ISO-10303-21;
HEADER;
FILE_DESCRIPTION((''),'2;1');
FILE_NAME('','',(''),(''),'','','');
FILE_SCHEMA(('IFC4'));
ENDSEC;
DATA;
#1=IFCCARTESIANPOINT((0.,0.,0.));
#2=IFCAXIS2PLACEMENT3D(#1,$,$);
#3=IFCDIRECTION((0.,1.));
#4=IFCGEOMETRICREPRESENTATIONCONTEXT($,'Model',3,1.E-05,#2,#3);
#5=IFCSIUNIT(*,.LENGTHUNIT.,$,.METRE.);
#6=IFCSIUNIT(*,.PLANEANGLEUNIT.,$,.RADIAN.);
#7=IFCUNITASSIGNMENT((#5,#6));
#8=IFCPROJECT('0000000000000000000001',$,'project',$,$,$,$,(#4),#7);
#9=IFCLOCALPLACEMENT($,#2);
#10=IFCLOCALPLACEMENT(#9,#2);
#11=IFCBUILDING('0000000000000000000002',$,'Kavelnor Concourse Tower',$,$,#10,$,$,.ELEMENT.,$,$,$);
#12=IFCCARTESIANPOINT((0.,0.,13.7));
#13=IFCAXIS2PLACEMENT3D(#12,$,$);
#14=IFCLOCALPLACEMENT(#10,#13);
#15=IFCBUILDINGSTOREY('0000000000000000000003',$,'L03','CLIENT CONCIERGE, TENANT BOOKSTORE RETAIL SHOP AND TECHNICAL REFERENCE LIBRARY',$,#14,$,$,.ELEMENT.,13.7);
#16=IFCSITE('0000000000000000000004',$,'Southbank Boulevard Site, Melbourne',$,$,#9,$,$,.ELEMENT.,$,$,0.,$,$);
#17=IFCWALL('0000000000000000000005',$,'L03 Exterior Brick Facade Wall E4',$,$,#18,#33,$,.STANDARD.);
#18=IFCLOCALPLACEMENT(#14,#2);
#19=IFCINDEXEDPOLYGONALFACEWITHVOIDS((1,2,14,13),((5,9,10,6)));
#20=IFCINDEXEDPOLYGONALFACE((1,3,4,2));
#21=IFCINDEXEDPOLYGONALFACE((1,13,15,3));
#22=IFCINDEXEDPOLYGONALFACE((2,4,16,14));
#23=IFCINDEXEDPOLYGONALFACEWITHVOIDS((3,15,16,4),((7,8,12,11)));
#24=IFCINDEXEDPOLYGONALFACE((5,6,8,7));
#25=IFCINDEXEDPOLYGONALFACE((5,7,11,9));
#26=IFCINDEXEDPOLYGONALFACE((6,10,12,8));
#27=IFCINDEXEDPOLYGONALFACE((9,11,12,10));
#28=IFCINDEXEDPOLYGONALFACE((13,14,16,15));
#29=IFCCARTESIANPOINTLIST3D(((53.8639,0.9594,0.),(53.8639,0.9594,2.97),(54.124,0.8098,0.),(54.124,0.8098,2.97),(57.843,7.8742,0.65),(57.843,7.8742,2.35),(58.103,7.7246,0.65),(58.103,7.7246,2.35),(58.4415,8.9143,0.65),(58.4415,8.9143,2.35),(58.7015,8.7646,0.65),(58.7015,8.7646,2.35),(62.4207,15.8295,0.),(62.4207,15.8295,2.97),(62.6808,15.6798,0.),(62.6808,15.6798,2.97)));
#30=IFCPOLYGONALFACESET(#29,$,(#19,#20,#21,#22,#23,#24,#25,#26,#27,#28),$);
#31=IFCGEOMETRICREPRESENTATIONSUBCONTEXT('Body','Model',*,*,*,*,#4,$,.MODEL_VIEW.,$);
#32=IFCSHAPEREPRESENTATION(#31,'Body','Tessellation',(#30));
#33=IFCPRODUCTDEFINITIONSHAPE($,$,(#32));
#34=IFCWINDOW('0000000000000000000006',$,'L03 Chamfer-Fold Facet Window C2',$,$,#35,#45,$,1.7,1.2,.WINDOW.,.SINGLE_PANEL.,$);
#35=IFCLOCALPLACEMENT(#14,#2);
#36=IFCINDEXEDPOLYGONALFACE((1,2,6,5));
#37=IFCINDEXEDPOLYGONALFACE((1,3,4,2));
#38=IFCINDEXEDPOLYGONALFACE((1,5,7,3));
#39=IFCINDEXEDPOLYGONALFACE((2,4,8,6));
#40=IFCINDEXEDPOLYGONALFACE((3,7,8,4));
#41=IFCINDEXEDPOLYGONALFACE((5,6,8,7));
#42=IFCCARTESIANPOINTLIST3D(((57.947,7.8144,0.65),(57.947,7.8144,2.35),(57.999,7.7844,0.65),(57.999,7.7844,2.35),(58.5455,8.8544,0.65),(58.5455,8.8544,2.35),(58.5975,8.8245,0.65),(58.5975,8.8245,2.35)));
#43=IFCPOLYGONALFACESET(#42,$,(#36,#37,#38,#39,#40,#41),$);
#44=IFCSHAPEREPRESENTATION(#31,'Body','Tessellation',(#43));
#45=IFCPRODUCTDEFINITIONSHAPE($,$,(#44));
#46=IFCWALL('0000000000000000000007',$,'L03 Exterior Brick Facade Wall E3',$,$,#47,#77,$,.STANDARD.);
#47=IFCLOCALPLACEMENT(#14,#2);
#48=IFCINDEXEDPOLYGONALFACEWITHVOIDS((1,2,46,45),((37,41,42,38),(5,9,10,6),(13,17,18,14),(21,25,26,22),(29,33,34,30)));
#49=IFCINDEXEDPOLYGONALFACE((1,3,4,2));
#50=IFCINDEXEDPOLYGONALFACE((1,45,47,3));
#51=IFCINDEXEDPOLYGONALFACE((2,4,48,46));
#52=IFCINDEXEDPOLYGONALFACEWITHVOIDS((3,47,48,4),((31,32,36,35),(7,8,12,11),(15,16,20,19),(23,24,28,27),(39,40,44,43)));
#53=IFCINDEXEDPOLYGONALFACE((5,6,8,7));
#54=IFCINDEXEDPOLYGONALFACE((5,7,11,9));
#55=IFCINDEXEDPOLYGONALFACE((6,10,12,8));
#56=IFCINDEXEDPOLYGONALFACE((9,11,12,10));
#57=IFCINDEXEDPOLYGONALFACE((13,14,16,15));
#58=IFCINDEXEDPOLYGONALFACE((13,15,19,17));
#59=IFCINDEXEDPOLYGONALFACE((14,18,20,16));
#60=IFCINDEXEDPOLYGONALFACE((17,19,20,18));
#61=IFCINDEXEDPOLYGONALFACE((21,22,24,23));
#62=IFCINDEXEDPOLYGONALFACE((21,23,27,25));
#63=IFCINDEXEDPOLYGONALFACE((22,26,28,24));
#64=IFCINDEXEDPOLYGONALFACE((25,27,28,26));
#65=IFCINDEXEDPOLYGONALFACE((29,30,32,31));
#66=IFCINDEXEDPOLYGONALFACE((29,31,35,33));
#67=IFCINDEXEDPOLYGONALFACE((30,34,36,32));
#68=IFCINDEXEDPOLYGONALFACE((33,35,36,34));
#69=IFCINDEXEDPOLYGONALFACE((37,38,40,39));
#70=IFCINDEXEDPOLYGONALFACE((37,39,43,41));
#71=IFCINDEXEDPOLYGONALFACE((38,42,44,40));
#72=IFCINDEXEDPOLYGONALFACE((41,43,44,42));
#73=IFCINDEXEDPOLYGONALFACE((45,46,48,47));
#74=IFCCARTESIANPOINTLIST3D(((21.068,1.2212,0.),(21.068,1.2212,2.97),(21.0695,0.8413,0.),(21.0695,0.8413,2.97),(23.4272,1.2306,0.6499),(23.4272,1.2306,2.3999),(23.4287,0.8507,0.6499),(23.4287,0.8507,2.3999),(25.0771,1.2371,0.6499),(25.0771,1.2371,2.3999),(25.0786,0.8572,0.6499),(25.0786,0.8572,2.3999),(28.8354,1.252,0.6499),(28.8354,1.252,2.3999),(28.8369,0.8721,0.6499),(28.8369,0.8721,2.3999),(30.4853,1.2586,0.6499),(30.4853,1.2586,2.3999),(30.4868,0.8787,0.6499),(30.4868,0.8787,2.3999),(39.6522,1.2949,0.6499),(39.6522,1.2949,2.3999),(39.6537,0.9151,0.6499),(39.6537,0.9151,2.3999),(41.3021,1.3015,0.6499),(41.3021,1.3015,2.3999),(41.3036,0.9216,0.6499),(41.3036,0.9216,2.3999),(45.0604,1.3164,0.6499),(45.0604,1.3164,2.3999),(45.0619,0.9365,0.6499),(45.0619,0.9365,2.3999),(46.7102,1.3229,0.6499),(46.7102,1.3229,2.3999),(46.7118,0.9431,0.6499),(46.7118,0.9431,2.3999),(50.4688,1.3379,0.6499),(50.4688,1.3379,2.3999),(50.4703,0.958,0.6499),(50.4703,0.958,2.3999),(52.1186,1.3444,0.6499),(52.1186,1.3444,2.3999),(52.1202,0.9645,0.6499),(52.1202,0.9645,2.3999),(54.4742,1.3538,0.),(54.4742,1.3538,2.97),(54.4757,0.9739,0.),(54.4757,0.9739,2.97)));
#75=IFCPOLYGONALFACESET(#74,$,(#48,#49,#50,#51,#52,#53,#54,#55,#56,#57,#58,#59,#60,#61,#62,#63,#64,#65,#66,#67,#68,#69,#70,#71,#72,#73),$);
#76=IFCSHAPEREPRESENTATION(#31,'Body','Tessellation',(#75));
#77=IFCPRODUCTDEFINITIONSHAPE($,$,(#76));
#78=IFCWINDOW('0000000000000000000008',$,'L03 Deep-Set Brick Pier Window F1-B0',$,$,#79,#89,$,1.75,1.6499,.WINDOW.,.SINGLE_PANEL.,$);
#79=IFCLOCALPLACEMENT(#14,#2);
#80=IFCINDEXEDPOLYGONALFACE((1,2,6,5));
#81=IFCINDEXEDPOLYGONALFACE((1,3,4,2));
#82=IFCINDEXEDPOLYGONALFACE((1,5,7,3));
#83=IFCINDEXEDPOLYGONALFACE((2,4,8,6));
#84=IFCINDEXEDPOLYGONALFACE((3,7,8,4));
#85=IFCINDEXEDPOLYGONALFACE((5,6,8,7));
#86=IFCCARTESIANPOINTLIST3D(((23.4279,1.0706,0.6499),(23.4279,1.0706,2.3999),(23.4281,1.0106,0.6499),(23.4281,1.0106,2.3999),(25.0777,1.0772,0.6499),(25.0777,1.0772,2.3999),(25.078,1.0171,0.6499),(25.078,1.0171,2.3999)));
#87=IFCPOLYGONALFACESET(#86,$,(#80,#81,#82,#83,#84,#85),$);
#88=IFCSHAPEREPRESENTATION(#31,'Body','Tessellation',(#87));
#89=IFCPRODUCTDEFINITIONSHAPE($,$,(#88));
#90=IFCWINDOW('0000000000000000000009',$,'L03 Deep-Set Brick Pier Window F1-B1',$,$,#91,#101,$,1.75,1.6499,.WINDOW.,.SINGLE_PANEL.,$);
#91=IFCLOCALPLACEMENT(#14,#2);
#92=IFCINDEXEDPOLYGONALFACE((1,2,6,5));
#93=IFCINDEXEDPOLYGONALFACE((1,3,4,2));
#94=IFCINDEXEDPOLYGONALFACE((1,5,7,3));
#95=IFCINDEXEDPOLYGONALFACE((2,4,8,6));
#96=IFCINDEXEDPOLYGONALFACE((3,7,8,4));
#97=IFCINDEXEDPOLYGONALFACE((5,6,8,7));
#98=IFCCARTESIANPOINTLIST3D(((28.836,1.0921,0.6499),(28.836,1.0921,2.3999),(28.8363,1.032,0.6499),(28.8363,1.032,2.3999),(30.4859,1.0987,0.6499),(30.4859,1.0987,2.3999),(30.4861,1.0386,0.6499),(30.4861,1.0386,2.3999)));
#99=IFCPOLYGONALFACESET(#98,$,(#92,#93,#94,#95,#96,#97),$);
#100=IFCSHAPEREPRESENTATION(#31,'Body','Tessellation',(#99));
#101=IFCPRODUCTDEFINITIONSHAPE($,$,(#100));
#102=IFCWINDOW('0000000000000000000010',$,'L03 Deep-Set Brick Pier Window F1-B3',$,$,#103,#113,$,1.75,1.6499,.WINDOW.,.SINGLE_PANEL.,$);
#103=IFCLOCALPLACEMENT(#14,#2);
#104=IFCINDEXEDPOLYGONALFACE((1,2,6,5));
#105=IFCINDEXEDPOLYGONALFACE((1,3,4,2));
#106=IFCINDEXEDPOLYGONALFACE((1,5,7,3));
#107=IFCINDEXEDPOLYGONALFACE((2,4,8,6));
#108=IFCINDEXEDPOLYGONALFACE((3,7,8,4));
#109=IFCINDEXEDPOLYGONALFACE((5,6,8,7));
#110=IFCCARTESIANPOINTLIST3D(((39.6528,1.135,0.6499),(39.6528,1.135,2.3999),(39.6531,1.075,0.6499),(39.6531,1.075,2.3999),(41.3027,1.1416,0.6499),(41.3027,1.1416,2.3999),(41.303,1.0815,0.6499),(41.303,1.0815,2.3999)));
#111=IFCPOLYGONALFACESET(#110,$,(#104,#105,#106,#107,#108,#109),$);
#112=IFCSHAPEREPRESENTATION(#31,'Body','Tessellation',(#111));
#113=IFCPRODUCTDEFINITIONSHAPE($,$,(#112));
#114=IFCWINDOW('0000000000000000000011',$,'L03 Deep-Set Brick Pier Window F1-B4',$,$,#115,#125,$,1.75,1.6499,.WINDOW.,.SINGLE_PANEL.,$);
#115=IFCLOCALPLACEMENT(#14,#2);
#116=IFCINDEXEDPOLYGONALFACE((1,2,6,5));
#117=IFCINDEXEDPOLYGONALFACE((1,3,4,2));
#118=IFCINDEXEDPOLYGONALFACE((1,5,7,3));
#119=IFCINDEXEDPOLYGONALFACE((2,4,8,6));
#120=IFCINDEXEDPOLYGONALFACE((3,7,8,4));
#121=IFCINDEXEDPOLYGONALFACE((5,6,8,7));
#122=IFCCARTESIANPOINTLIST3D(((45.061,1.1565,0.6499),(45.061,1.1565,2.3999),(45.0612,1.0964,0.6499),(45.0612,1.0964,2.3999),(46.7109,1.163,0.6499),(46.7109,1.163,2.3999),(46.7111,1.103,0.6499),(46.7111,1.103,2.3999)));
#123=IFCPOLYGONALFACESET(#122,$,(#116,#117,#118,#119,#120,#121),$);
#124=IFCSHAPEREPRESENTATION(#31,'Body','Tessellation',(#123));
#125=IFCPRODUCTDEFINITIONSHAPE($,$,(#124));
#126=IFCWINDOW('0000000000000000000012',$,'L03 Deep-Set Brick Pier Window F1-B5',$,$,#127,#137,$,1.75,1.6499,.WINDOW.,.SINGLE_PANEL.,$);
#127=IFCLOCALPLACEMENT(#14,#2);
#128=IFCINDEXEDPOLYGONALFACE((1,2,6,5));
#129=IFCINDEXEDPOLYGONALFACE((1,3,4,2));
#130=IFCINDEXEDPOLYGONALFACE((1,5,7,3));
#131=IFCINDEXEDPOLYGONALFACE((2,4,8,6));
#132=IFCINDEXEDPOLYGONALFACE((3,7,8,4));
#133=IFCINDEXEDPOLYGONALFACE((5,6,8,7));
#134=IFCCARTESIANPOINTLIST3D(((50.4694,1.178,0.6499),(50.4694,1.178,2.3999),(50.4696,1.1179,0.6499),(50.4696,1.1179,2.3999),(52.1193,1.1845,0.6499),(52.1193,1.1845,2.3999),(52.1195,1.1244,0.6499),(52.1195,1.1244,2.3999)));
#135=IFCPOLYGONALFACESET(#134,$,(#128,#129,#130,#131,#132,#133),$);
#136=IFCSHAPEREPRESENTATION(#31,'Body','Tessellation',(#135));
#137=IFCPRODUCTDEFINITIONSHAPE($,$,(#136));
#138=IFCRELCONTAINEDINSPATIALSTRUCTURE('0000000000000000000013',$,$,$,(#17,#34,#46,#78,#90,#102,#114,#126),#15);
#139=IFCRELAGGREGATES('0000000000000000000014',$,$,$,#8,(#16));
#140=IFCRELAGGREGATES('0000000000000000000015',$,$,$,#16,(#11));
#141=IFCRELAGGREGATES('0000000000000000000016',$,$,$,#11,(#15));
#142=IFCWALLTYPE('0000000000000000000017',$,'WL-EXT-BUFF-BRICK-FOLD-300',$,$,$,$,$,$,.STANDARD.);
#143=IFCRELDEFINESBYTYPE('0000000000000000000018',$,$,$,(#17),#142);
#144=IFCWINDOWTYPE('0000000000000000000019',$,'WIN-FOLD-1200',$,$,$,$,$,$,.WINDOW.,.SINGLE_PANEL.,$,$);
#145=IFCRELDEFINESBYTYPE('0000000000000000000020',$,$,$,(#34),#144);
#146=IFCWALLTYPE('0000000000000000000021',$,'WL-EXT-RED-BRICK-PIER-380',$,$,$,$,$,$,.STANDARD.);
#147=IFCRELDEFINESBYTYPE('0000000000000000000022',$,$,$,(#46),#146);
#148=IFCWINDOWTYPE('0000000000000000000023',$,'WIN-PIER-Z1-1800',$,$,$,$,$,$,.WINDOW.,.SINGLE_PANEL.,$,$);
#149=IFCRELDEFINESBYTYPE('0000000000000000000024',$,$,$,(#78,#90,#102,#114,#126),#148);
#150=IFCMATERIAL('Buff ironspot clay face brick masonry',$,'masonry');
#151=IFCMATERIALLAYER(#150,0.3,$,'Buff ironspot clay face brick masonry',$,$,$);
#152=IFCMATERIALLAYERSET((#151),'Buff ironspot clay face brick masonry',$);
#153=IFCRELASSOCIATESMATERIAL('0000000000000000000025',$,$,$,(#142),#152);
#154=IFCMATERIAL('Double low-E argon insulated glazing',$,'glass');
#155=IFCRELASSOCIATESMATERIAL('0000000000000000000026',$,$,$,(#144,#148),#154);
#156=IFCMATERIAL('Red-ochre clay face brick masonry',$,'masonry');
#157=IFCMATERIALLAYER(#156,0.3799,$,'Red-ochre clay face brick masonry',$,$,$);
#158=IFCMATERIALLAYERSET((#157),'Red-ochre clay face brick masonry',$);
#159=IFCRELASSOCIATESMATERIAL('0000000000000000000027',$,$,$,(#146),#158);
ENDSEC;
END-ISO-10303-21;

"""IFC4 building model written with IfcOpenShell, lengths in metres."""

from ifc_helpers import new_model, si_unit, direction, frame, frame_2d, origin, place, context, subcontext, project, spatial, rectangle, extrude, material, layer, layer_set, type_object, element, fill, save


model = new_model("IFC4")

# Units and contexts
model_context = context("Model", 3, precision=1e-05, world=origin(), true_north=direction((0.0, 1.0)))
body_context = subcontext(model_context, "Body", "Model", "MODEL_VIEW")
ifc_project = project(units=[si_unit("LENGTHUNIT", "METRE"), si_unit("PLANEANGLEUNIT", "RADIAN")], contexts=[model_context])

# Site, building, storey
site_placement = place(None, origin())
site = spatial("IfcSite", under=ifc_project, at=site_placement, Name="Southbank Boulevard Site, Melbourne", CompositionType="ELEMENT", RefElevation=0.0)
building_placement = place(site_placement, origin())
building = spatial("IfcBuilding", under=site, at=building_placement, Name="Kavelnor Concourse Tower", CompositionType="ELEMENT")
storey_placement = place(building_placement, frame((0.0, 0.0, 13.7)))
storey = spatial("IfcBuildingStorey", under=building, at=storey_placement, Name="L03", Description="CLIENT CONCIERGE, TENANT BOOKSTORE RETAIL SHOP AND TECHNICAL REFERENCE LIBRARY", CompositionType="ELEMENT", Elevation=13.7)

# Wall, opening, window
ifc_material_1 = material(Name="Buff ironspot clay face brick masonry", Category="masonry")
ifc_layer_1 = layer(ifc_material_1, 0.3, Name="Buff ironspot clay face brick masonry")
ifc_layer_set_1 = layer_set([ifc_layer_1], Name="Buff ironspot clay face brick masonry")
wall_type_1 = type_object("IfcWallType", Name="WL-EXT-BUFF-BRICK-FOLD-300", PredefinedType="STANDARD", material=ifc_layer_set_1)
wall_1_placement = place(storey_placement, frame((62.5508, 15.7546, 0.0), z_axis=(0.0, 0.0, 1.0), x_axis=(-0.498759, -0.866741, 0.0)))
wall_1 = element("IfcWall", 1, at=wall_1_placement, inside=storey, type_object=wall_type_1, Name="L03 Exterior Brick Facade Wall E4", PredefinedType="STANDARD", context=body_context, shape_type="SweptSolid", body=[
    extrude(rectangle(XDim=17.1562, YDim=0.3, at=frame_2d((8.5781, 0.0))), origin(), (0.0, 0.0, 1.0), 2.97),
])
opening_1_placement = place(wall_1_placement, frame((7.9783, 0.0, 0.6499)))
opening_1 = element("IfcOpeningElement", 2, at=opening_1_placement, cuts=wall_1, PredefinedType="OPENING", context=body_context, shape_type="SweptSolid", body=[
    extrude(rectangle(XDim=1.2, YDim=1.7, at=frame_2d((0.6001, 0.8501))), frame((0.0, 0.1602, 0.0), z_axis=(0.0, -1.0, 0.0), x_axis=(1.0, 0.0, 0.0)), (0.0, 0.0, 1.0), 0.3201),
])
ifc_material_2 = material(Name="Double low-E argon insulated glazing", Category="glass")
window_type_1 = type_object("IfcWindowType", Name="WIN-FOLD-1200", PartitioningType="SINGLE_PANEL", PredefinedType="WINDOW", material=ifc_material_2)
window_1_placement = place(opening_1_placement, origin())
window_1 = element("IfcWindow", 3, at=window_1_placement, inside=storey, type_object=window_type_1, Name="L03 Chamfer-Fold Facet Window C2", OverallHeight=1.7, OverallWidth=1.2, PartitioningType="SINGLE_PANEL", PredefinedType="WINDOW", context=body_context, shape_type="SweptSolid", body=[
    extrude(rectangle(XDim=1.2, YDim=1.7, at=frame_2d((0.6001, 0.8501))), frame((0.0, 0.03, 0.0), z_axis=(0.0, -1.0, 0.0), x_axis=(1.0, 0.0, 0.0)), (0.0, 0.0, 1.0), 0.0601),
])
fill(opening_1, window_1)

# Wall, openings, windows
ifc_material_3 = material(Name="Red-ochre clay face brick masonry", Category="masonry")
ifc_layer_2 = layer(ifc_material_3, 0.3799, Name="Red-ochre clay face brick masonry")
ifc_layer_set_2 = layer_set([ifc_layer_2], Name="Red-ochre clay face brick masonry")
wall_type_2 = type_object("IfcWallType", Name="WL-EXT-RED-BRICK-PIER-380", PredefinedType="STANDARD", material=ifc_layer_set_2)
wall_2_placement = place(storey_placement, frame((54.4749, 1.1638, 0.0), z_axis=(0.0, 0.0, 1.0), x_axis=(-0.999992, -0.003968, 0.0)))
wall_2 = element("IfcWall", 4, at=wall_2_placement, inside=storey, type_object=wall_type_2, Name="L03 Exterior Brick Facade Wall E3", PredefinedType="STANDARD", context=body_context, shape_type="SweptSolid", body=[
    extrude(rectangle(XDim=33.4065, YDim=0.3799, at=frame_2d((16.7031, 0.0))), origin(), (0.0, 0.0, 1.0), 2.97),
])
opening_2_placement = place(wall_2_placement, frame((29.3972, 0.0, 0.6499)))
opening_2 = element("IfcOpeningElement", 5, at=opening_2_placement, cuts=wall_2, PredefinedType="OPENING", context=body_context, shape_type="SweptSolid", body=[
    extrude(rectangle(XDim=1.6499, YDim=1.75, at=frame_2d((0.825, 0.875))), frame((0.0, 0.2, 0.0), z_axis=(0.0, -1.0, 0.0), x_axis=(1.0, 0.0, 0.0)), (0.0, 0.0, 1.0), 0.3999),
])
opening_3_placement = place(wall_2_placement, frame((23.989, 0.0, 0.6499)))
opening_3 = element("IfcOpeningElement", 6, at=opening_3_placement, cuts=wall_2, PredefinedType="OPENING", context=body_context, shape_type="SweptSolid", body=[
    extrude(rectangle(XDim=1.6499, YDim=1.75, at=frame_2d((0.825, 0.875))), frame((0.0, 0.2, 0.0), z_axis=(0.0, -1.0, 0.0), x_axis=(1.0, 0.0, 0.0)), (0.0, 0.0, 1.0), 0.3999),
])
opening_4_placement = place(wall_2_placement, frame((13.1721, 0.0, 0.6499)))
opening_4 = element("IfcOpeningElement", 7, at=opening_4_placement, cuts=wall_2, PredefinedType="OPENING", context=body_context, shape_type="SweptSolid", body=[
    extrude(rectangle(XDim=1.6499, YDim=1.75, at=frame_2d((0.825, 0.875))), frame((0.0, 0.2, 0.0), z_axis=(0.0, -1.0, 0.0), x_axis=(1.0, 0.0, 0.0)), (0.0, 0.0, 1.0), 0.3999),
])
opening_5_placement = place(wall_2_placement, frame((7.7639, 0.0, 0.6499)))
opening_5 = element("IfcOpeningElement", 8, at=opening_5_placement, cuts=wall_2, PredefinedType="OPENING", context=body_context, shape_type="SweptSolid", body=[
    extrude(rectangle(XDim=1.6499, YDim=1.75, at=frame_2d((0.825, 0.875))), frame((0.0, 0.2, 0.0), z_axis=(0.0, -1.0, 0.0), x_axis=(1.0, 0.0, 0.0)), (0.0, 0.0, 1.0), 0.3999),
])
opening_6_placement = place(wall_2_placement, frame((2.3555, 0.0, 0.6499)))
opening_6 = element("IfcOpeningElement", 9, at=opening_6_placement, cuts=wall_2, PredefinedType="OPENING", context=body_context, shape_type="SweptSolid", body=[
    extrude(rectangle(XDim=1.6499, YDim=1.75, at=frame_2d((0.825, 0.875))), frame((0.0, 0.2, 0.0), z_axis=(0.0, -1.0, 0.0), x_axis=(1.0, 0.0, 0.0)), (0.0, 0.0, 1.0), 0.3999),
])
window_type_2 = type_object("IfcWindowType", Name="WIN-PIER-Z1-1800", PartitioningType="SINGLE_PANEL", PredefinedType="WINDOW", material=ifc_material_2)
window_2_placement = place(opening_2_placement, origin())
window_2 = element("IfcWindow", 10, at=window_2_placement, inside=storey, type_object=window_type_2, Name="L03 Deep-Set Brick Pier Window F1-B0", OverallHeight=1.75, OverallWidth=1.6499, PartitioningType="SINGLE_PANEL", PredefinedType="WINDOW", context=body_context, shape_type="SweptSolid", body=[
    extrude(rectangle(XDim=1.6499, YDim=1.75, at=frame_2d((0.825, 0.875))), frame((0.0, 0.03, 0.0), z_axis=(0.0, -1.0, 0.0), x_axis=(1.0, 0.0, 0.0)), (0.0, 0.0, 1.0), 0.0601),
])
fill(opening_2, window_2)
window_3_placement = place(opening_3_placement, origin())
window_3 = element("IfcWindow", 11, at=window_3_placement, inside=storey, type_object=window_type_2, Name="L03 Deep-Set Brick Pier Window F1-B1", OverallHeight=1.75, OverallWidth=1.6499, PartitioningType="SINGLE_PANEL", PredefinedType="WINDOW", context=body_context, shape_type="SweptSolid", body=[
    extrude(rectangle(XDim=1.6499, YDim=1.75, at=frame_2d((0.825, 0.875))), frame((0.0, 0.03, 0.0), z_axis=(0.0, -1.0, 0.0), x_axis=(1.0, 0.0, 0.0)), (0.0, 0.0, 1.0), 0.0601),
])
fill(opening_3, window_3)
window_4_placement = place(opening_4_placement, origin())
window_4 = element("IfcWindow", 12, at=window_4_placement, inside=storey, type_object=window_type_2, Name="L03 Deep-Set Brick Pier Window F1-B3", OverallHeight=1.75, OverallWidth=1.6499, PartitioningType="SINGLE_PANEL", PredefinedType="WINDOW", context=body_context, shape_type="SweptSolid", body=[
    extrude(rectangle(XDim=1.6499, YDim=1.75, at=frame_2d((0.825, 0.875))), frame((0.0, 0.03, 0.0), z_axis=(0.0, -1.0, 0.0), x_axis=(1.0, 0.0, 0.0)), (0.0, 0.0, 1.0), 0.0601),
])
fill(opening_4, window_4)
window_5_placement = place(opening_5_placement, origin())
window_5 = element("IfcWindow", 13, at=window_5_placement, inside=storey, type_object=window_type_2, Name="L03 Deep-Set Brick Pier Window F1-B4", OverallHeight=1.75, OverallWidth=1.6499, PartitioningType="SINGLE_PANEL", PredefinedType="WINDOW", context=body_context, shape_type="SweptSolid", body=[
    extrude(rectangle(XDim=1.6499, YDim=1.75, at=frame_2d((0.825, 0.875))), frame((0.0, 0.03, 0.0), z_axis=(0.0, -1.0, 0.0), x_axis=(1.0, 0.0, 0.0)), (0.0, 0.0, 1.0), 0.0601),
])
fill(opening_5, window_5)
window_6_placement = place(opening_6_placement, origin())
window_6 = element("IfcWindow", 14, at=window_6_placement, inside=storey, type_object=window_type_2, Name="L03 Deep-Set Brick Pier Window F1-B5", OverallHeight=1.75, OverallWidth=1.6499, PartitioningType="SINGLE_PANEL", PredefinedType="WINDOW", context=body_context, shape_type="SweptSolid", body=[
    extrude(rectangle(XDim=1.6499, YDim=1.75, at=frame_2d((0.825, 0.875))), frame((0.0, 0.03, 0.0), z_axis=(0.0, -1.0, 0.0), x_axis=(1.0, 0.0, 0.0)), (0.0, 0.0, 1.0), 0.0601),
])
fill(opening_6, window_6)

save(model, "model.ifc")
